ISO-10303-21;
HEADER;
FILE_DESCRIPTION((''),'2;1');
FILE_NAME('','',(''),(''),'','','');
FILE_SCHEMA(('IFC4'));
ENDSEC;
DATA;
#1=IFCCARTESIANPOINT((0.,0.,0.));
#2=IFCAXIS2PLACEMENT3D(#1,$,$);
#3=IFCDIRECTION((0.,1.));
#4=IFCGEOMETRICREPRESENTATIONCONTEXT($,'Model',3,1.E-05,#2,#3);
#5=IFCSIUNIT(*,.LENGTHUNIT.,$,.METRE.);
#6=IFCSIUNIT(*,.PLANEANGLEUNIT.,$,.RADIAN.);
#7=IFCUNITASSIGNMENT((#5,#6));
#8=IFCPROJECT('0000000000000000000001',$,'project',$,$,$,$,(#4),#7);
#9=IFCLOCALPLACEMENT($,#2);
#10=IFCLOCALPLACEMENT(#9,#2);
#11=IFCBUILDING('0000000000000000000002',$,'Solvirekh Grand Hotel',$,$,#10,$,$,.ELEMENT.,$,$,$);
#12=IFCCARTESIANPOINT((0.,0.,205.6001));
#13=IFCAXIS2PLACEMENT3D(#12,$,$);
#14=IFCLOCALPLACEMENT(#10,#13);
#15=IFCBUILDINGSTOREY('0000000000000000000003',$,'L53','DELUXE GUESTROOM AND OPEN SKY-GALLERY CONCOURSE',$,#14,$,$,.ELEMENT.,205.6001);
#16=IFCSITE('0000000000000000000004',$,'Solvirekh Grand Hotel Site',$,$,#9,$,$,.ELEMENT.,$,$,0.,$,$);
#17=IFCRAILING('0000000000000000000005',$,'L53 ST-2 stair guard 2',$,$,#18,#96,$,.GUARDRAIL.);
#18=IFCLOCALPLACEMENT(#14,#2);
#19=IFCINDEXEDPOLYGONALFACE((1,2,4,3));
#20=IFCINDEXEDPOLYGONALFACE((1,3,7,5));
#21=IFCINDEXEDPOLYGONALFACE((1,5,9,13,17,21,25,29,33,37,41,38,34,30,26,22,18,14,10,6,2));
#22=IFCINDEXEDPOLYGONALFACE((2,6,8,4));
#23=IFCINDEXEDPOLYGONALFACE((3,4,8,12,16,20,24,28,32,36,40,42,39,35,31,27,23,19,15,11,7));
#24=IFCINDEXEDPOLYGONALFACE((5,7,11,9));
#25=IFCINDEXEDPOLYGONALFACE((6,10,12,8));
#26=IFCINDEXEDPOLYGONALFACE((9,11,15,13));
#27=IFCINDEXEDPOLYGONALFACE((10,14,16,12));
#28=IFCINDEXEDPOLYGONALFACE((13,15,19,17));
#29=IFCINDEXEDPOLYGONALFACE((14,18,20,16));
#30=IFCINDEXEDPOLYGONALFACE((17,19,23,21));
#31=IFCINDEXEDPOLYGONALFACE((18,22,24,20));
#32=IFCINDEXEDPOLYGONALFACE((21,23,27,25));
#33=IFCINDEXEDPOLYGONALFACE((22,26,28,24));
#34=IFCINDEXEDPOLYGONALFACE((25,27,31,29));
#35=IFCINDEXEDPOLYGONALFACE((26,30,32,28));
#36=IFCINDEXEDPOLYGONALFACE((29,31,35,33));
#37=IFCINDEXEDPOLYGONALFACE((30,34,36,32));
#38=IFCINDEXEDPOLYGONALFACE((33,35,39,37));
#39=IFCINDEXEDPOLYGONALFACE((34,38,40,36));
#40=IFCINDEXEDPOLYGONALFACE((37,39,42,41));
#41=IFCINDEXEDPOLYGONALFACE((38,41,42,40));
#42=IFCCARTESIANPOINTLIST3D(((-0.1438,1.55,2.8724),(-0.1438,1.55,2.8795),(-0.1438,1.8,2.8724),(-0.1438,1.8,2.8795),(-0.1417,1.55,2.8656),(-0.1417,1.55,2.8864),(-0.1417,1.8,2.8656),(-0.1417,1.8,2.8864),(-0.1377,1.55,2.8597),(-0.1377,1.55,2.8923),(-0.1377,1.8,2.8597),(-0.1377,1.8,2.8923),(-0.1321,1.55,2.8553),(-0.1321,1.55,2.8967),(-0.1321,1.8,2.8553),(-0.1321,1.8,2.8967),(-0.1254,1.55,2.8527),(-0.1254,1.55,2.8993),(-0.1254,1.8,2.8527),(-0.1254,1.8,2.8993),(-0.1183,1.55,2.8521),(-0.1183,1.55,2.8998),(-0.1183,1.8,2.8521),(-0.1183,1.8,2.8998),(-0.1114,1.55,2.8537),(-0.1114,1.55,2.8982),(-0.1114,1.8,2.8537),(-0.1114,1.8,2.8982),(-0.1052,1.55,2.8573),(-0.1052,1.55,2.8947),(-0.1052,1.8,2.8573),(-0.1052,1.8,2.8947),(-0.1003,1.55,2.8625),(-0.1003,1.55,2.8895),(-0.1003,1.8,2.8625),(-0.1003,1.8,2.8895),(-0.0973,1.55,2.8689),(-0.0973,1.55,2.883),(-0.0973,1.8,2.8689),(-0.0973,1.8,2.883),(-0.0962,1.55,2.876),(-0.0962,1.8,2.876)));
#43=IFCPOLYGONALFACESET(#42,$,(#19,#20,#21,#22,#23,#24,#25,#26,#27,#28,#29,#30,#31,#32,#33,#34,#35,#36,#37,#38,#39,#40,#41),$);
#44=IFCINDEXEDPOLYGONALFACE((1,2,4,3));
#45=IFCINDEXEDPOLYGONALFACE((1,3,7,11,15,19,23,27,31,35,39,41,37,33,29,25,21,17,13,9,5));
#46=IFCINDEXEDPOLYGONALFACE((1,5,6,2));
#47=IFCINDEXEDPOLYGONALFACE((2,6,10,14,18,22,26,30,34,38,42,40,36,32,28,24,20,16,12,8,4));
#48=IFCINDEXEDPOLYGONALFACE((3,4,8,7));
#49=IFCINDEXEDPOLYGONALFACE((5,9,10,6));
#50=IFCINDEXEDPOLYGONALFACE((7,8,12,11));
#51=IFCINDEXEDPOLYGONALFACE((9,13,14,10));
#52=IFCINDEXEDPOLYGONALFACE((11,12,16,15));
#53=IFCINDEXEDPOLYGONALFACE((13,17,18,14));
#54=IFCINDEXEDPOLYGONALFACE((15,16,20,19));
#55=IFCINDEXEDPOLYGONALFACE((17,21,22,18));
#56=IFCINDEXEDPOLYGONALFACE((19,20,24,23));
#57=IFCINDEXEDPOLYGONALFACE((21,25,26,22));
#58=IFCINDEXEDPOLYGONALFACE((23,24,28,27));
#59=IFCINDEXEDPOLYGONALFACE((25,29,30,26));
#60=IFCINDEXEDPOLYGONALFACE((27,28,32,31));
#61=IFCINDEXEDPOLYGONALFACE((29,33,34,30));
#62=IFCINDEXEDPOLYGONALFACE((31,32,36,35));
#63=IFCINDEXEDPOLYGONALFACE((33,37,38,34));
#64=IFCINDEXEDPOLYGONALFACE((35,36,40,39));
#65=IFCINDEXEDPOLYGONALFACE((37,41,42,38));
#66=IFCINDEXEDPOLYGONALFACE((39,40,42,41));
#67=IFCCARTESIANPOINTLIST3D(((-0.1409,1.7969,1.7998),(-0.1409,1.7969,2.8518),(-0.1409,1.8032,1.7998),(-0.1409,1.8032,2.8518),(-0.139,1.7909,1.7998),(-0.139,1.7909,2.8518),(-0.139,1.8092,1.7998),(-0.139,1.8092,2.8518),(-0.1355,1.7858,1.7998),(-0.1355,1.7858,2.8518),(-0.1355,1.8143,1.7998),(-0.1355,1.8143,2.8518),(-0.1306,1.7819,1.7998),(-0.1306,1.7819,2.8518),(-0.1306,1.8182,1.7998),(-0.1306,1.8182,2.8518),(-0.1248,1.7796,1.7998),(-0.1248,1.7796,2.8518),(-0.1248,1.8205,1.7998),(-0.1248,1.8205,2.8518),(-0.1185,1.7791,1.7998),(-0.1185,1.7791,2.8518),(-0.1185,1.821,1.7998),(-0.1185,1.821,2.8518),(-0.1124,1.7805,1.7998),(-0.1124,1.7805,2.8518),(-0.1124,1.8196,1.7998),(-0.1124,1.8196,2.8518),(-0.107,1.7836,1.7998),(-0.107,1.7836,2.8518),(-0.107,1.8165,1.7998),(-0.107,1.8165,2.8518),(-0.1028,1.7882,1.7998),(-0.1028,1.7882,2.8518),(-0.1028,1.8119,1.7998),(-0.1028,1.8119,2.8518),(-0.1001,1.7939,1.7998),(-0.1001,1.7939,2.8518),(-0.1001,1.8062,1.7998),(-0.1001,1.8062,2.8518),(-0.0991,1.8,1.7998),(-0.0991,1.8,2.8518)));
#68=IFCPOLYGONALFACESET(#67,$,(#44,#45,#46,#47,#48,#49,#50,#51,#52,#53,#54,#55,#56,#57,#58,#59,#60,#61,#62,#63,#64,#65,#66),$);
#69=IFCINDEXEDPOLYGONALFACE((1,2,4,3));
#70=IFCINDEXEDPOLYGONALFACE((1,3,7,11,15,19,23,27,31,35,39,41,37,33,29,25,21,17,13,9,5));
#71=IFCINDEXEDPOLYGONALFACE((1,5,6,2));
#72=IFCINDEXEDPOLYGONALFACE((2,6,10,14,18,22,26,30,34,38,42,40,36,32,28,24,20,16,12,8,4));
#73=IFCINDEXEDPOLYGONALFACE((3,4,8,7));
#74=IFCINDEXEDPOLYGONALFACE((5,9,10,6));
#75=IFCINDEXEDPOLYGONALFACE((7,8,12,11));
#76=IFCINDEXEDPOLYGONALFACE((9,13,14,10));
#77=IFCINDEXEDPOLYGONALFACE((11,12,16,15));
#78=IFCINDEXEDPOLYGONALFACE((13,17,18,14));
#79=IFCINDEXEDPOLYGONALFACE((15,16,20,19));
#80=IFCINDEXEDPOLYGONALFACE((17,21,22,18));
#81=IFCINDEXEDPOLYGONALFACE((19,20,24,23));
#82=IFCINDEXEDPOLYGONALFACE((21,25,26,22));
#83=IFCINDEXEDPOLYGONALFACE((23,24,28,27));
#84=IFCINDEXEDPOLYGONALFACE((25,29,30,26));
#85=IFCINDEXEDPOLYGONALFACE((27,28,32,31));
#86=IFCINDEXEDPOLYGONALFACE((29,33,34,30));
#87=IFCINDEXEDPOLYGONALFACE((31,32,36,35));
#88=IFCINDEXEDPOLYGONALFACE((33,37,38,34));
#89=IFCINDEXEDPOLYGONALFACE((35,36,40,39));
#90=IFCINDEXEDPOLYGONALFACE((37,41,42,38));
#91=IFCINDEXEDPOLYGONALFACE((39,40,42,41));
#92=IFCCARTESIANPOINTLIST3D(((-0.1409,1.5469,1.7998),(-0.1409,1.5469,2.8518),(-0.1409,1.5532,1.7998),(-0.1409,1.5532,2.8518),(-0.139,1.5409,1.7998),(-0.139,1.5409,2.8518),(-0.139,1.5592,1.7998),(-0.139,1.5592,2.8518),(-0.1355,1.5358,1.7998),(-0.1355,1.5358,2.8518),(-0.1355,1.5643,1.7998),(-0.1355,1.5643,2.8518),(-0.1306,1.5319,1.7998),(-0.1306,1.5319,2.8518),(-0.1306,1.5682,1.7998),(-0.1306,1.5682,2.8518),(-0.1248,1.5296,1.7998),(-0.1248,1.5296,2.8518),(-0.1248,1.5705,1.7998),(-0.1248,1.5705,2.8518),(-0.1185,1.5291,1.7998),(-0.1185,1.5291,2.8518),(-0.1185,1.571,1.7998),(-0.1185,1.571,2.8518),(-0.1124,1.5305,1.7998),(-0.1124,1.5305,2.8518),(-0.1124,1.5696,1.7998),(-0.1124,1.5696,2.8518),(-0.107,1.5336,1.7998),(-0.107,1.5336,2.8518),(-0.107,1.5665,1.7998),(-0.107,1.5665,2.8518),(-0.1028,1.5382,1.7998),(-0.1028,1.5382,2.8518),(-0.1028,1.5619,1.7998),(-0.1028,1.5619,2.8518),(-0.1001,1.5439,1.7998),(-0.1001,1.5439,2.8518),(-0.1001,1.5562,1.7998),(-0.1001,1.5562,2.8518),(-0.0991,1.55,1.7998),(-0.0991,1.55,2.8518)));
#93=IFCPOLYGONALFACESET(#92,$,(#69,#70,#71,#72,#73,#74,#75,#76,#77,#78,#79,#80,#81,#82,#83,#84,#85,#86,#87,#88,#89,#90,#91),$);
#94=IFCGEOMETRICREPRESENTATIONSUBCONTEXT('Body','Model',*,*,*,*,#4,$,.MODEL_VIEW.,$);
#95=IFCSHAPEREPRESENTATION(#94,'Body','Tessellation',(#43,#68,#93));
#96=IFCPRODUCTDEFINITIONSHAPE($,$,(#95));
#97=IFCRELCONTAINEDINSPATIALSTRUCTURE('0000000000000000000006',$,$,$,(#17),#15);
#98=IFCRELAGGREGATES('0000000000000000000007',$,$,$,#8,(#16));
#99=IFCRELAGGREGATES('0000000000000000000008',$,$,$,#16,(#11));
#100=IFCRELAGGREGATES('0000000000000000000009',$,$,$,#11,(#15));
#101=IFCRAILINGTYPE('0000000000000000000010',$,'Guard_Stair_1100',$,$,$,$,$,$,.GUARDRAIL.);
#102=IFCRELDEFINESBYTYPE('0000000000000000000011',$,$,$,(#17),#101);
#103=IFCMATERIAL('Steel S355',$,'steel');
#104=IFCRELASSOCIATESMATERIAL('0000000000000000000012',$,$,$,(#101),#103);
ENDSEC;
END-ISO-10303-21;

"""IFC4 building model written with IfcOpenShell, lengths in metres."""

from ifc_helpers import new_model, si_unit, direction, frame, origin, origin_2d, place, context, subcontext, project, spatial, circle, extrude, material, type_object, element, save


model = new_model("IFC4")

# Units and contexts
model_context = context("Model", 3, precision=1e-05, world=origin(), true_north=direction((0.0, 1.0)))
body_context = subcontext(model_context, "Body", "Model", "MODEL_VIEW")
ifc_project = project(units=[si_unit("LENGTHUNIT", "METRE"), si_unit("PLANEANGLEUNIT", "RADIAN")], contexts=[model_context])

# Site, building, storey
site_placement = place(None, origin())
site = spatial("IfcSite", under=ifc_project, at=site_placement, Name="Solvirekh Grand Hotel Site", CompositionType="ELEMENT", RefElevation=0.0)
building_placement = place(site_placement, origin())
building = spatial("IfcBuilding", under=site, at=building_placement, Name="Solvirekh Grand Hotel", CompositionType="ELEMENT")
storey_placement = place(building_placement, frame((0.0, 0.0, 205.6001)))
storey = spatial("IfcBuildingStorey", under=building, at=storey_placement, Name="L53", Description="DELUXE GUESTROOM AND OPEN SKY-GALLERY CONCOURSE", CompositionType="ELEMENT", Elevation=205.6001)

# Shared definitions
ifc_material_1 = material(Name="Steel S355", Category="steel")

# Railing
railing_type_1 = type_object("IfcRailingType", Name="Guard_Stair_1100", PredefinedType="GUARDRAIL", material=ifc_material_1)
railing_1_placement = place(storey_placement, frame((-0.1201, 1.8, 1.7998)))
element("IfcRailing", 1, at=railing_1_placement, inside=storey, type_object=railing_type_1, Name="L53 ST-2 stair guard 2", PredefinedType="GUARDRAIL", context=body_context, shape_type="SweptSolid", body=[
    extrude(circle(Radius=0.0239, at=origin_2d()), frame((0.0, 0.0, 1.0762), z_axis=(0.0, -1.0, 0.0), x_axis=(1.0, 0.0, 0.0)), (0.0, 0.0, 1.0), 0.25),
    extrude(circle(Radius=0.021, at=origin_2d()), origin(), (0.0, 0.0, 1.0), 1.052),
    extrude(circle(Radius=0.021, at=origin_2d()), frame((0.0, -0.25, 0.0)), (0.0, 0.0, 1.0), 1.052),
])

save(model, "model.ifc")
